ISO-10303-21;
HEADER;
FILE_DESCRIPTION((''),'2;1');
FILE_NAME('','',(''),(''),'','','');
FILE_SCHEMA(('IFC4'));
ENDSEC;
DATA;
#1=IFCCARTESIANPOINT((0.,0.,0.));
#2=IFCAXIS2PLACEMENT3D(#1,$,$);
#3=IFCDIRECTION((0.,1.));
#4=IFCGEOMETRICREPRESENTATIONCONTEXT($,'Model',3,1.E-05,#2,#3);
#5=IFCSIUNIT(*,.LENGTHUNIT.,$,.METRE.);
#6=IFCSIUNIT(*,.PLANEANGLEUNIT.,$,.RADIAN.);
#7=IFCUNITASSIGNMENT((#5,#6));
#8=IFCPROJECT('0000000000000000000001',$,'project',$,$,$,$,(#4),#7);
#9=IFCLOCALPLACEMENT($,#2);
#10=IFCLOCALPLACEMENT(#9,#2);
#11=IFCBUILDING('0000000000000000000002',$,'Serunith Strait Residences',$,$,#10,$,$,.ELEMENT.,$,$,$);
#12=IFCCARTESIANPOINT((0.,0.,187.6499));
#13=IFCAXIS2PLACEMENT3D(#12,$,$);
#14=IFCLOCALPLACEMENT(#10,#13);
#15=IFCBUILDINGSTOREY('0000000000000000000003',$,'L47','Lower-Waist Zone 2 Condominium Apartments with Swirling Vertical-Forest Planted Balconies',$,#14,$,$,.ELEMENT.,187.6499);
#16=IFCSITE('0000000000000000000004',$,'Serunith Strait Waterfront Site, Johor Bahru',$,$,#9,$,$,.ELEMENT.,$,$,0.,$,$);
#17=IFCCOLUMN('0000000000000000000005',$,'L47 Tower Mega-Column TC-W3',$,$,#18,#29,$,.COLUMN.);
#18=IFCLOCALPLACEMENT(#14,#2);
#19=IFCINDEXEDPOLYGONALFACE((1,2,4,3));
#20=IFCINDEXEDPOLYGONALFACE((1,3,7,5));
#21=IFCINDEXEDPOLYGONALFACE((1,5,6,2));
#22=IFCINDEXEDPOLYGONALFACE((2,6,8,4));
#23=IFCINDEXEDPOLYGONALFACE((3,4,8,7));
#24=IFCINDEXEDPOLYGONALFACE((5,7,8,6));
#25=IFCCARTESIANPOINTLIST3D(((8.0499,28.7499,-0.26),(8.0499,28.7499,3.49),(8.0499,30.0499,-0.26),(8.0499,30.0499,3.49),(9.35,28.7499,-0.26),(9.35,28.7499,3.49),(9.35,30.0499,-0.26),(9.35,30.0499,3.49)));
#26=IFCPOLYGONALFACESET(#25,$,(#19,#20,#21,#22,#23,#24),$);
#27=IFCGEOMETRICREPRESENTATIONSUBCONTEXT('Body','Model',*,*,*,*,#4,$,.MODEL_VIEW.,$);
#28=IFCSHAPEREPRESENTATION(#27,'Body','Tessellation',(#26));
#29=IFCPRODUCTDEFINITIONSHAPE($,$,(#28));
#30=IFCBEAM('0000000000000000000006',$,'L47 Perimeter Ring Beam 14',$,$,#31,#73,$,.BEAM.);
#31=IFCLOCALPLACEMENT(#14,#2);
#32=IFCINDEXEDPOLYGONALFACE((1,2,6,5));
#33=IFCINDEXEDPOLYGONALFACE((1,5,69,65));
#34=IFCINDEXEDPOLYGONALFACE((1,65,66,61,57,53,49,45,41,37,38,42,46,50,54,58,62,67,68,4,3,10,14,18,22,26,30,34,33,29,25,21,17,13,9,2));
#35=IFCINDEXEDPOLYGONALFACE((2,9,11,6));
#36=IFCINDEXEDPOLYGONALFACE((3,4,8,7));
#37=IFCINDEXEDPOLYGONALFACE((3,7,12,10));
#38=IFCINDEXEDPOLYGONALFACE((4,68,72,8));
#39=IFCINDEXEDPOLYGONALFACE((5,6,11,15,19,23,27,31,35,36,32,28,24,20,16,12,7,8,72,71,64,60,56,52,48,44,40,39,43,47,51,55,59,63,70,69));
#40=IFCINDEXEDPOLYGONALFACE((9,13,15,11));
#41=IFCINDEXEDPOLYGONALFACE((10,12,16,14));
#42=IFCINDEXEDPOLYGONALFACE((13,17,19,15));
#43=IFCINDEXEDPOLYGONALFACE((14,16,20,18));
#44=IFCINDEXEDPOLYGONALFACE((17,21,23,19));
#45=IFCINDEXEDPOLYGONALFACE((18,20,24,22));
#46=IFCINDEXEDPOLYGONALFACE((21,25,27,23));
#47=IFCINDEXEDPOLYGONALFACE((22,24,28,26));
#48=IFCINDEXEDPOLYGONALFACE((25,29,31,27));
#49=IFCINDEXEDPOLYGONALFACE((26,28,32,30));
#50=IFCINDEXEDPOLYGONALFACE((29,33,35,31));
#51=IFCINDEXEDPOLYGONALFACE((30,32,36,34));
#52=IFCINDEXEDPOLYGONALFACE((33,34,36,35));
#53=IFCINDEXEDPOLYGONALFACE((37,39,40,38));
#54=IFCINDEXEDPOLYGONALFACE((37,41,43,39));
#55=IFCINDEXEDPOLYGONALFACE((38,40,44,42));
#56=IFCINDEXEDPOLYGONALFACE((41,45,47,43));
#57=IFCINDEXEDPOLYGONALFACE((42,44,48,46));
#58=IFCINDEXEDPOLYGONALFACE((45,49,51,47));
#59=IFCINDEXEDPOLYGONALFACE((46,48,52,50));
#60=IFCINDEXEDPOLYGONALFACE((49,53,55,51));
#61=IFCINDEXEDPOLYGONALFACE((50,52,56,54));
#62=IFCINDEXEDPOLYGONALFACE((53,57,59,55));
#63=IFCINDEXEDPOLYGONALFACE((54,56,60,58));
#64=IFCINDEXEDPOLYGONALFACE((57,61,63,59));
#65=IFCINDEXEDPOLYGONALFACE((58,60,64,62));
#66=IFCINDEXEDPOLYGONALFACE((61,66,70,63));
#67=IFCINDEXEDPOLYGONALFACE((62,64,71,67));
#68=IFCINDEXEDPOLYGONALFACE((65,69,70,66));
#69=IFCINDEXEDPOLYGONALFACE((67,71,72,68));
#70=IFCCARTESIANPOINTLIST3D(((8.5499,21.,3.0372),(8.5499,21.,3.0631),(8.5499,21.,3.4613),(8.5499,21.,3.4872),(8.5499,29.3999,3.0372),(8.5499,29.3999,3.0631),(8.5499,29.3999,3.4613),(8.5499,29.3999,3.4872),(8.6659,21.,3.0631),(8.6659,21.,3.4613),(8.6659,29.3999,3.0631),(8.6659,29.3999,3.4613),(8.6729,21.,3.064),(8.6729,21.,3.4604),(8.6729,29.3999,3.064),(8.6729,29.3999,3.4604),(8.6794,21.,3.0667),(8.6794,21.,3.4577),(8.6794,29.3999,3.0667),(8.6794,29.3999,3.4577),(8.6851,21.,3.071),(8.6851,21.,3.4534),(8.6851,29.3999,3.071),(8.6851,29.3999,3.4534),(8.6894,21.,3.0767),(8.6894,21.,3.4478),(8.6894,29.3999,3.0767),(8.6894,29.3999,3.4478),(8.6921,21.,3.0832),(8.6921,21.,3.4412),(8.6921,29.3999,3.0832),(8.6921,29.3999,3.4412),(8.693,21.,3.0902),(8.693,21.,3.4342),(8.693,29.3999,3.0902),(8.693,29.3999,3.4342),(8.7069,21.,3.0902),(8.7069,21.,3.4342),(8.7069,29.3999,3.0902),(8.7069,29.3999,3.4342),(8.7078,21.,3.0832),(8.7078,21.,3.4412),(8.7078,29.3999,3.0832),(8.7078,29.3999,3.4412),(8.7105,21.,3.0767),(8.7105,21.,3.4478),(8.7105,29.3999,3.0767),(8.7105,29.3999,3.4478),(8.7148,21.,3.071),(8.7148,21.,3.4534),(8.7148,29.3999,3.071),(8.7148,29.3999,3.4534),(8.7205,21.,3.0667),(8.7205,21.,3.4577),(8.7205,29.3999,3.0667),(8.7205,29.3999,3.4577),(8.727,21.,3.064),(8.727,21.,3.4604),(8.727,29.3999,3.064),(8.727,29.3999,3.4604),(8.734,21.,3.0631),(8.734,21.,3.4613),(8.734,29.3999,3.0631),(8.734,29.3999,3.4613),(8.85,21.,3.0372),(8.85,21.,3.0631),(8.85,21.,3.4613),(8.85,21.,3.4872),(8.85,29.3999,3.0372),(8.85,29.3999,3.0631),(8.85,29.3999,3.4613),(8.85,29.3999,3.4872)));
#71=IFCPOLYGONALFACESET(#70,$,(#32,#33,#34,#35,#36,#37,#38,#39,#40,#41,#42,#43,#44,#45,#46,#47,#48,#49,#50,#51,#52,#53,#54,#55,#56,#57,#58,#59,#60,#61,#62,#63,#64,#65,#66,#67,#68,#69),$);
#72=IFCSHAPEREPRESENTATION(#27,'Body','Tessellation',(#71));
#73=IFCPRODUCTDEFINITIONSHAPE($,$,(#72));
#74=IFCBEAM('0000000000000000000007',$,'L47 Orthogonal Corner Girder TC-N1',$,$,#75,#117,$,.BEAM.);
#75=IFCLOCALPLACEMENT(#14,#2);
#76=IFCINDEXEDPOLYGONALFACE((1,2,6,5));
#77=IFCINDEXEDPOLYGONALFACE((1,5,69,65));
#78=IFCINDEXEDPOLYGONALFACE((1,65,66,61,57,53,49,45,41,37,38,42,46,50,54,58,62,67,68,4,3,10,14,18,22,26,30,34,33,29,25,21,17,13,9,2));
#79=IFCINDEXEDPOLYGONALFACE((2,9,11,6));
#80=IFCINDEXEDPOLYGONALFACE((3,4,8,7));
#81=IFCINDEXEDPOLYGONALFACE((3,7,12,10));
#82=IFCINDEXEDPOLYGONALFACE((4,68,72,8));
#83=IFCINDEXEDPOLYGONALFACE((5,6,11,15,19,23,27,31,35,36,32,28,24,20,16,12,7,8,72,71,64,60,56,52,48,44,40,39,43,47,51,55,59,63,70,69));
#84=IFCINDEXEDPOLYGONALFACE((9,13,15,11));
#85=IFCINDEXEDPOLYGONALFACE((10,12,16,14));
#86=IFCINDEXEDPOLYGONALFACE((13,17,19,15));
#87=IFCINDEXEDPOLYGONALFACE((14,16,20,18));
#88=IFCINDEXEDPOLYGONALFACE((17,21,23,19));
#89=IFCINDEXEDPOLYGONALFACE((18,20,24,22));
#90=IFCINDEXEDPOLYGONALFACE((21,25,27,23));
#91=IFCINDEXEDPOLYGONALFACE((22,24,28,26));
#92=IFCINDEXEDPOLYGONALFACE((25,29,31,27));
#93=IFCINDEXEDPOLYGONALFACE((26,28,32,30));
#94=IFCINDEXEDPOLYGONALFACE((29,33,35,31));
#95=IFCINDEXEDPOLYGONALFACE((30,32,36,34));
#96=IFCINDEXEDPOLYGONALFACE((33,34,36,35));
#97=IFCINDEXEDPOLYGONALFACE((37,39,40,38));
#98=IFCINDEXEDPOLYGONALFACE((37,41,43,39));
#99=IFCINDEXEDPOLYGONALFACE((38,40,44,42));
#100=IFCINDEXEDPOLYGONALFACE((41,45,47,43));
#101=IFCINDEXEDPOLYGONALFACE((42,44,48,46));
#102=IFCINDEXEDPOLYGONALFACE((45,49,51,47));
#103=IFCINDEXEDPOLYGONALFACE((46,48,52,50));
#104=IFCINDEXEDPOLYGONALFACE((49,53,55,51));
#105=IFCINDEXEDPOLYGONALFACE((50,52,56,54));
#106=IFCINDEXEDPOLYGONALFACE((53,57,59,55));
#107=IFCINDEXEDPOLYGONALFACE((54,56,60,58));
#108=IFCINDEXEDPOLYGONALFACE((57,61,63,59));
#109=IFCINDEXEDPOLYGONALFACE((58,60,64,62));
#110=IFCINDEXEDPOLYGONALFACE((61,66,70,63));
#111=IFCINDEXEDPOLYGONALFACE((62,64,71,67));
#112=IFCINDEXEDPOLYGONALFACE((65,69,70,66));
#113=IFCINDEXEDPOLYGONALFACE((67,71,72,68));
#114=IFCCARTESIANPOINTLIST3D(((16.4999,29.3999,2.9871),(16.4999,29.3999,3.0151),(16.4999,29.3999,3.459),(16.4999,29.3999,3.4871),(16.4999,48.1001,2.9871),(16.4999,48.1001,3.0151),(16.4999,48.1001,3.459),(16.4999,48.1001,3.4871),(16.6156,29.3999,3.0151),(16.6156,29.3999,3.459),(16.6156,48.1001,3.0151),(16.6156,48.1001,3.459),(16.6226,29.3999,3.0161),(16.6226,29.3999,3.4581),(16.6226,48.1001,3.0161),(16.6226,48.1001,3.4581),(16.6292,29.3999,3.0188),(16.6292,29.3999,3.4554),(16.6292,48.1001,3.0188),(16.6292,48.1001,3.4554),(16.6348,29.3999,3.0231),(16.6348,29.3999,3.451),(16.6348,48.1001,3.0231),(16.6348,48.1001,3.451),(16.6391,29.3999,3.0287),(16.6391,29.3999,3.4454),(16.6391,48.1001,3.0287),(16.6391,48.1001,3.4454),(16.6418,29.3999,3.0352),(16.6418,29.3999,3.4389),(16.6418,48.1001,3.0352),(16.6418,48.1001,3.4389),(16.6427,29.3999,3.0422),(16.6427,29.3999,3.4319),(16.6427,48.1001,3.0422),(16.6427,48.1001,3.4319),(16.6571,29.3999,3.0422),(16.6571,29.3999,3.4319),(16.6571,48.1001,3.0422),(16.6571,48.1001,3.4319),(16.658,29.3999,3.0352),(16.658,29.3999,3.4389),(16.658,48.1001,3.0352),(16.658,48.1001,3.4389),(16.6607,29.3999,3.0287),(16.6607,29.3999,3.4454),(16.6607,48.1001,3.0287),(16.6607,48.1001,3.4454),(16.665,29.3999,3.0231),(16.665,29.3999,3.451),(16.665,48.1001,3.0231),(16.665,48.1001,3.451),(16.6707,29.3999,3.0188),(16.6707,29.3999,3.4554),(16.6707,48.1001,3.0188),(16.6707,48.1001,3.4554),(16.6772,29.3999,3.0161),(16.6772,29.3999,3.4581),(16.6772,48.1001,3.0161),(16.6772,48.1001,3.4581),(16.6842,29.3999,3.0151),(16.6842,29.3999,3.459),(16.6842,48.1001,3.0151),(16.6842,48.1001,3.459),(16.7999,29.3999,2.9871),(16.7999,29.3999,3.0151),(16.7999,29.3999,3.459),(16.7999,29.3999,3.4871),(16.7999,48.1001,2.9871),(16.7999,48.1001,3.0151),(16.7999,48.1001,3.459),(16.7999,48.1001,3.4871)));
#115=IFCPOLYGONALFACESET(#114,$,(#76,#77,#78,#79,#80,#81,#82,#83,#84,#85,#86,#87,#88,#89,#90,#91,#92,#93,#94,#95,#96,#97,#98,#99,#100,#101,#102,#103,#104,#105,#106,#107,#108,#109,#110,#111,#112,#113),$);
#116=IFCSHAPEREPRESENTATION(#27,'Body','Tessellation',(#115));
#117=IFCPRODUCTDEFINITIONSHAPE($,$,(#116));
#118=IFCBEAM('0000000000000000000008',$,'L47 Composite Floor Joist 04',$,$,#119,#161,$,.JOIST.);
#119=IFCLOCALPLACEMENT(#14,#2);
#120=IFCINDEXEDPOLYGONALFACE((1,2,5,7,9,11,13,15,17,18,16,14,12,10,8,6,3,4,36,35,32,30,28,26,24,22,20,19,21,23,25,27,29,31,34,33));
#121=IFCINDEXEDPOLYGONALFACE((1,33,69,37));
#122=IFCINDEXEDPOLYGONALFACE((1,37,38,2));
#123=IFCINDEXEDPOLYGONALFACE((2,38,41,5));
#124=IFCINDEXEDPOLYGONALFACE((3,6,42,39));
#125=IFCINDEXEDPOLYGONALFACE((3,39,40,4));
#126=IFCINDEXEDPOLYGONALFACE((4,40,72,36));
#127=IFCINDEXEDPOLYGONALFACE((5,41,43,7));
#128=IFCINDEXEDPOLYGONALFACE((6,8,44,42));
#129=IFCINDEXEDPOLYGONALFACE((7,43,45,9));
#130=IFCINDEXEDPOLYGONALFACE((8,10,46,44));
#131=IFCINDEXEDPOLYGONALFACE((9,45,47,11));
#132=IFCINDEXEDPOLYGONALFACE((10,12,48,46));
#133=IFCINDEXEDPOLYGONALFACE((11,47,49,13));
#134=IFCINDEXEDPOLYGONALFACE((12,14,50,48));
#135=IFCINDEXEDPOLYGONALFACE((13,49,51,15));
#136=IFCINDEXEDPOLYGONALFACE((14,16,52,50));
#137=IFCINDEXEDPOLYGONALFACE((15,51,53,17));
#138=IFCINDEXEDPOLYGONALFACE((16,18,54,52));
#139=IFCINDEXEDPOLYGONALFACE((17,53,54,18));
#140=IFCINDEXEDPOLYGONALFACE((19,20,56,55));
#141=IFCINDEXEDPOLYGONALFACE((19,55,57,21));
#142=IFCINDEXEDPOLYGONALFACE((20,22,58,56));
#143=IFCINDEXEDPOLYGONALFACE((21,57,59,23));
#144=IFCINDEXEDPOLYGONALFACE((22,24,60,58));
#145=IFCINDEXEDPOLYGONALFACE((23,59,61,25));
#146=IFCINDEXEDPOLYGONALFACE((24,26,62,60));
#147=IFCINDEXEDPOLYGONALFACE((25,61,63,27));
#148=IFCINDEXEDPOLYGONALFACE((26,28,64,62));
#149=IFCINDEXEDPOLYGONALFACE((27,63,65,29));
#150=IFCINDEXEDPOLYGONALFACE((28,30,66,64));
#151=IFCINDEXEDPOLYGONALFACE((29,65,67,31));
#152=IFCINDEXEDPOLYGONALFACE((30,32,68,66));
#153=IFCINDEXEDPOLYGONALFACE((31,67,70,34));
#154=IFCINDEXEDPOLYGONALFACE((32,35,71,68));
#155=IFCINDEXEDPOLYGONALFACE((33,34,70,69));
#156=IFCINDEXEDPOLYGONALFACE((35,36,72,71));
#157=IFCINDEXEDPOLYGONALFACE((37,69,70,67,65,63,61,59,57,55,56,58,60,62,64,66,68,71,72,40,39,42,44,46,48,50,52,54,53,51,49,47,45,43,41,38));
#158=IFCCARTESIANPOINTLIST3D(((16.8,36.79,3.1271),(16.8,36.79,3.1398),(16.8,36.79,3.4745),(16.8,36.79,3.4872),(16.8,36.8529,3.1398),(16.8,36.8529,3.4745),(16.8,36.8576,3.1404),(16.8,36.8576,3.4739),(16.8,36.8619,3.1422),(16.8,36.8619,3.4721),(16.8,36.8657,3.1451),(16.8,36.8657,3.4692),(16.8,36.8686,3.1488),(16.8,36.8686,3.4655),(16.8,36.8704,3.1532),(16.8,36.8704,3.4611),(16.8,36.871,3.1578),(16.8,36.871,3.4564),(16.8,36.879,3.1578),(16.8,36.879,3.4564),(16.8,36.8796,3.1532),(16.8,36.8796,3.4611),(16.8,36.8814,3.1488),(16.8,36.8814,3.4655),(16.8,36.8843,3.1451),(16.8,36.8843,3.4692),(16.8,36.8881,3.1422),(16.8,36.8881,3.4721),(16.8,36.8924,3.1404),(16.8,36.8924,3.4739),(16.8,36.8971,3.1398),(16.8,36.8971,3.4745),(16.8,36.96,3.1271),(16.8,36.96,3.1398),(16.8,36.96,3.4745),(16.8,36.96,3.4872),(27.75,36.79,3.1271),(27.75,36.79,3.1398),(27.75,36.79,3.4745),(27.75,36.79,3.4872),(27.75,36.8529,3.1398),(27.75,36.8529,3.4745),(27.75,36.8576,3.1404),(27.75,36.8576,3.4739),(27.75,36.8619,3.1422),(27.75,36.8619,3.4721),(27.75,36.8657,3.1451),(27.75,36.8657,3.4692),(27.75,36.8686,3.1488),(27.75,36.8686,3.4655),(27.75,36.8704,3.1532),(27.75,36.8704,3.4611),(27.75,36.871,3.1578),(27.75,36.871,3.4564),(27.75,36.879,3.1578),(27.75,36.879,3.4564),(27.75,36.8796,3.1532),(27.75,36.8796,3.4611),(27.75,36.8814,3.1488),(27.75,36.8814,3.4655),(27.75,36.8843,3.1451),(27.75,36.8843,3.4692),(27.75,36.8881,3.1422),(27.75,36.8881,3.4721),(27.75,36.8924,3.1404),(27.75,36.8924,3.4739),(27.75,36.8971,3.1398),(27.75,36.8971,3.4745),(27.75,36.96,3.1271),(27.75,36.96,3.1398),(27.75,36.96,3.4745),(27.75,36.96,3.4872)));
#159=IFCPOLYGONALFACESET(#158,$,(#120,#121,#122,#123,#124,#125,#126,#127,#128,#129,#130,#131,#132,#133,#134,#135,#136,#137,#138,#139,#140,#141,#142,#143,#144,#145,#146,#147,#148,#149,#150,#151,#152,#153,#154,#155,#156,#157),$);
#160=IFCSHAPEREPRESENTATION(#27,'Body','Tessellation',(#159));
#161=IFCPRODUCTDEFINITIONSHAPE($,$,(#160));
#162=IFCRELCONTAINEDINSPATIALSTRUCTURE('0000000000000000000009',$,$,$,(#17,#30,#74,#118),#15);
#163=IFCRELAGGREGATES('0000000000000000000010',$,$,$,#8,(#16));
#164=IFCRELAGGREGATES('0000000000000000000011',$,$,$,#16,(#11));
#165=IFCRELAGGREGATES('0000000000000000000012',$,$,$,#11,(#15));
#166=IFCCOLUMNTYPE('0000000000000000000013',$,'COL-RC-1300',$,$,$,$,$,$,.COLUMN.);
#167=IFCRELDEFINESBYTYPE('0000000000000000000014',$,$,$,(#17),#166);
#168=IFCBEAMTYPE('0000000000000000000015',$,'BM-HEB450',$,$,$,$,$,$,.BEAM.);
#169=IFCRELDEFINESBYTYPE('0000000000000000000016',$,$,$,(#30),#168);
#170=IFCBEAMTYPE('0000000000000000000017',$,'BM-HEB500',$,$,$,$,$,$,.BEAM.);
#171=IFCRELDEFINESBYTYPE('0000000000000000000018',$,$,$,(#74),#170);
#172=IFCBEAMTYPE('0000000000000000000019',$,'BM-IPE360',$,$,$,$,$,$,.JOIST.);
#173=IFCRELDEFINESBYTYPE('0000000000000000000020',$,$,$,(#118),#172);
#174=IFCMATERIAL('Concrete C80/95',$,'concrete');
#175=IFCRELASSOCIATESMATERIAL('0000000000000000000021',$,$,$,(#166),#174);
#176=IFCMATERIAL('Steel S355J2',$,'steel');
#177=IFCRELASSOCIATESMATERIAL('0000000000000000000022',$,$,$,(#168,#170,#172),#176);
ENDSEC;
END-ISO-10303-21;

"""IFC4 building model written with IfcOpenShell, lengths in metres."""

from ifc_helpers import new_model, si_unit, direction, frame, origin, origin_2d, place, context, subcontext, project, spatial, rectangle, i_section, extrude, source, transform, mapped, material, material_profile, profile_set, type_object, element, save


model = new_model("IFC4")

# Units and contexts
model_context = context("Model", 3, precision=1e-05, world=origin(), true_north=direction((0.0, 1.0)))
body_context = subcontext(model_context, "Body", "Model", "MODEL_VIEW")
ifc_project = project(units=[si_unit("LENGTHUNIT", "METRE"), si_unit("PLANEANGLEUNIT", "RADIAN")], contexts=[model_context])

# Site, building, storey
site_placement = place(None, origin())
site = spatial("IfcSite", under=ifc_project, at=site_placement, Name="Serunith Strait Waterfront Site, Johor Bahru", CompositionType="ELEMENT", RefElevation=0.0)
building_placement = place(site_placement, origin())
building = spatial("IfcBuilding", under=site, at=building_placement, Name="Serunith Strait Residences", CompositionType="ELEMENT")
storey_placement = place(building_placement, frame((0.0, 0.0, 187.6499)))
storey = spatial("IfcBuildingStorey", under=building, at=storey_placement, Name="L47", Description="Lower-Waist Zone 2 Condominium Apartments with Swirling Vertical-Forest Planted Balconies", CompositionType="ELEMENT", Elevation=187.6499)

# Column
ifc_material_1 = material(Name="Concrete C80/95", Category="concrete")
ifc_material_profile_1 = material_profile(ifc_material_1, rectangle(XDim=1.3, YDim=1.3, at=origin_2d()), Name="RC 1300x1300")
ifc_profile_set_1 = profile_set([ifc_material_profile_1], Name="Concrete C80/95")
column_type = type_object("IfcColumnType", Name="COL-RC-1300", PredefinedType="COLUMN", material=ifc_profile_set_1)
shared_shape_1 = source(origin(), body_context, "Body", "SweptSolid", [
    extrude(rectangle(XDim=1.3, YDim=1.3, at=origin_2d()), origin(), (0.0, 0.0, 1.0), 3.75),
])
column_placement = place(storey_placement, frame((8.7, 29.3999, -0.26), z_axis=(0.0, 0.0, 1.0), x_axis=(1.0, 0.0, 0.0)))
element("IfcColumn", 1, at=column_placement, inside=storey, type_object=column_type, Name="L47 Tower Mega-Column TC-W3", PredefinedType="COLUMN", context=body_context, shape_type="MappedRepresentation", body=[
    mapped(shared_shape_1, transform((0.0, 0.0, 0.0), scale=1.0)),
])

# Beams
ifc_material_2 = material(Name="Steel S355J2", Category="steel")
ifc_material_profile_2 = material_profile(ifc_material_2, i_section(OverallWidth=0.3, OverallDepth=0.45, WebThickness=0.0139, FlangeThickness=0.0259, FilletRadius=0.0271, at=origin_2d()), Name="HEB 450")
ifc_profile_set_2 = profile_set([ifc_material_profile_2], Name="Steel S355J2")
beam_type_1 = type_object("IfcBeamType", Name="BM-HEB450", PredefinedType="BEAM", material=ifc_profile_set_2)
shared_shape_2 = source(origin(), body_context, "Body", "SweptSolid", [
    extrude(i_section(OverallWidth=0.3, OverallDepth=0.45, WebThickness=0.0139, FlangeThickness=0.0259, FilletRadius=0.0271, at=origin_2d()), origin(), (0.0, 0.0, 1.0), 8.3999),
])
beam_1_placement = place(storey_placement, frame((8.7, 29.3999, 3.2622), z_axis=(0.0, -1.0, 0.0), x_axis=(1.0, 0.0, 0.0)))
element("IfcBeam", 2, at=beam_1_placement, inside=storey, type_object=beam_type_1, Name="L47 Perimeter Ring Beam 14", PredefinedType="BEAM", context=body_context, shape_type="MappedRepresentation", body=[
    mapped(shared_shape_2, transform((0.0, 0.0, 0.0), scale=1.0)),
])
ifc_material_profile_3 = material_profile(ifc_material_2, i_section(OverallWidth=0.3, OverallDepth=0.5, WebThickness=0.0144, FlangeThickness=0.0281, FilletRadius=0.0271, at=origin_2d()), Name="HEB 500")
ifc_profile_set_3 = profile_set([ifc_material_profile_3], Name="Steel S355J2")
beam_type_2 = type_object("IfcBeamType", Name="BM-HEB500", PredefinedType="BEAM", material=ifc_profile_set_3)
shared_shape_3 = source(origin(), body_context, "Body", "SweptSolid", [
    extrude(i_section(OverallWidth=0.3, OverallDepth=0.5, WebThickness=0.0144, FlangeThickness=0.0281, FilletRadius=0.0271, at=origin_2d()), origin(), (0.0, 0.0, 1.0), 18.7002),
])
beam_2_placement = place(storey_placement, frame((16.6499, 29.3999, 3.2371), z_axis=(0.0, 1.0, 0.0), x_axis=(-1.0, 0.0, 0.0)))
element("IfcBeam", 3, at=beam_2_placement, inside=storey, type_object=beam_type_2, Name="L47 Orthogonal Corner Girder TC-N1", PredefinedType="BEAM", context=body_context, shape_type="MappedRepresentation", body=[
    mapped(shared_shape_3, transform((0.0, 0.0, 0.0), scale=1.0)),
])
ifc_material_profile_4 = material_profile(ifc_material_2, i_section(OverallWidth=0.1699, OverallDepth=0.3601, WebThickness=0.0081, FlangeThickness=0.0127, FilletRadius=0.0181, at=origin_2d()), Name="IPE 360")
ifc_profile_set_4 = profile_set([ifc_material_profile_4], Name="Steel S355J2")
beam_type_3 = type_object("IfcBeamType", Name="BM-IPE360", PredefinedType="JOIST", material=ifc_profile_set_4)
shared_shape_4 = source(origin(), body_context, "Body", "SweptSolid", [
    extrude(i_section(OverallWidth=0.1699, OverallDepth=0.3601, WebThickness=0.0081, FlangeThickness=0.0127, FilletRadius=0.0181, at=origin_2d()), origin(), (0.0, 0.0, 1.0), 10.95),
])
beam_3_placement = place(storey_placement, frame((16.8, 36.875, 3.3071), z_axis=(1.0, 0.0, 0.0), x_axis=(0.0, 1.0, 0.0)))
element("IfcBeam", 4, at=beam_3_placement, inside=storey, type_object=beam_type_3, Name="L47 Composite Floor Joist 04", PredefinedType="JOIST", context=body_context, shape_type="MappedRepresentation", body=[
    mapped(shared_shape_4, transform((0.0, 0.0, 0.0), scale=1.0)),
])

save(model, "model.ifc")
